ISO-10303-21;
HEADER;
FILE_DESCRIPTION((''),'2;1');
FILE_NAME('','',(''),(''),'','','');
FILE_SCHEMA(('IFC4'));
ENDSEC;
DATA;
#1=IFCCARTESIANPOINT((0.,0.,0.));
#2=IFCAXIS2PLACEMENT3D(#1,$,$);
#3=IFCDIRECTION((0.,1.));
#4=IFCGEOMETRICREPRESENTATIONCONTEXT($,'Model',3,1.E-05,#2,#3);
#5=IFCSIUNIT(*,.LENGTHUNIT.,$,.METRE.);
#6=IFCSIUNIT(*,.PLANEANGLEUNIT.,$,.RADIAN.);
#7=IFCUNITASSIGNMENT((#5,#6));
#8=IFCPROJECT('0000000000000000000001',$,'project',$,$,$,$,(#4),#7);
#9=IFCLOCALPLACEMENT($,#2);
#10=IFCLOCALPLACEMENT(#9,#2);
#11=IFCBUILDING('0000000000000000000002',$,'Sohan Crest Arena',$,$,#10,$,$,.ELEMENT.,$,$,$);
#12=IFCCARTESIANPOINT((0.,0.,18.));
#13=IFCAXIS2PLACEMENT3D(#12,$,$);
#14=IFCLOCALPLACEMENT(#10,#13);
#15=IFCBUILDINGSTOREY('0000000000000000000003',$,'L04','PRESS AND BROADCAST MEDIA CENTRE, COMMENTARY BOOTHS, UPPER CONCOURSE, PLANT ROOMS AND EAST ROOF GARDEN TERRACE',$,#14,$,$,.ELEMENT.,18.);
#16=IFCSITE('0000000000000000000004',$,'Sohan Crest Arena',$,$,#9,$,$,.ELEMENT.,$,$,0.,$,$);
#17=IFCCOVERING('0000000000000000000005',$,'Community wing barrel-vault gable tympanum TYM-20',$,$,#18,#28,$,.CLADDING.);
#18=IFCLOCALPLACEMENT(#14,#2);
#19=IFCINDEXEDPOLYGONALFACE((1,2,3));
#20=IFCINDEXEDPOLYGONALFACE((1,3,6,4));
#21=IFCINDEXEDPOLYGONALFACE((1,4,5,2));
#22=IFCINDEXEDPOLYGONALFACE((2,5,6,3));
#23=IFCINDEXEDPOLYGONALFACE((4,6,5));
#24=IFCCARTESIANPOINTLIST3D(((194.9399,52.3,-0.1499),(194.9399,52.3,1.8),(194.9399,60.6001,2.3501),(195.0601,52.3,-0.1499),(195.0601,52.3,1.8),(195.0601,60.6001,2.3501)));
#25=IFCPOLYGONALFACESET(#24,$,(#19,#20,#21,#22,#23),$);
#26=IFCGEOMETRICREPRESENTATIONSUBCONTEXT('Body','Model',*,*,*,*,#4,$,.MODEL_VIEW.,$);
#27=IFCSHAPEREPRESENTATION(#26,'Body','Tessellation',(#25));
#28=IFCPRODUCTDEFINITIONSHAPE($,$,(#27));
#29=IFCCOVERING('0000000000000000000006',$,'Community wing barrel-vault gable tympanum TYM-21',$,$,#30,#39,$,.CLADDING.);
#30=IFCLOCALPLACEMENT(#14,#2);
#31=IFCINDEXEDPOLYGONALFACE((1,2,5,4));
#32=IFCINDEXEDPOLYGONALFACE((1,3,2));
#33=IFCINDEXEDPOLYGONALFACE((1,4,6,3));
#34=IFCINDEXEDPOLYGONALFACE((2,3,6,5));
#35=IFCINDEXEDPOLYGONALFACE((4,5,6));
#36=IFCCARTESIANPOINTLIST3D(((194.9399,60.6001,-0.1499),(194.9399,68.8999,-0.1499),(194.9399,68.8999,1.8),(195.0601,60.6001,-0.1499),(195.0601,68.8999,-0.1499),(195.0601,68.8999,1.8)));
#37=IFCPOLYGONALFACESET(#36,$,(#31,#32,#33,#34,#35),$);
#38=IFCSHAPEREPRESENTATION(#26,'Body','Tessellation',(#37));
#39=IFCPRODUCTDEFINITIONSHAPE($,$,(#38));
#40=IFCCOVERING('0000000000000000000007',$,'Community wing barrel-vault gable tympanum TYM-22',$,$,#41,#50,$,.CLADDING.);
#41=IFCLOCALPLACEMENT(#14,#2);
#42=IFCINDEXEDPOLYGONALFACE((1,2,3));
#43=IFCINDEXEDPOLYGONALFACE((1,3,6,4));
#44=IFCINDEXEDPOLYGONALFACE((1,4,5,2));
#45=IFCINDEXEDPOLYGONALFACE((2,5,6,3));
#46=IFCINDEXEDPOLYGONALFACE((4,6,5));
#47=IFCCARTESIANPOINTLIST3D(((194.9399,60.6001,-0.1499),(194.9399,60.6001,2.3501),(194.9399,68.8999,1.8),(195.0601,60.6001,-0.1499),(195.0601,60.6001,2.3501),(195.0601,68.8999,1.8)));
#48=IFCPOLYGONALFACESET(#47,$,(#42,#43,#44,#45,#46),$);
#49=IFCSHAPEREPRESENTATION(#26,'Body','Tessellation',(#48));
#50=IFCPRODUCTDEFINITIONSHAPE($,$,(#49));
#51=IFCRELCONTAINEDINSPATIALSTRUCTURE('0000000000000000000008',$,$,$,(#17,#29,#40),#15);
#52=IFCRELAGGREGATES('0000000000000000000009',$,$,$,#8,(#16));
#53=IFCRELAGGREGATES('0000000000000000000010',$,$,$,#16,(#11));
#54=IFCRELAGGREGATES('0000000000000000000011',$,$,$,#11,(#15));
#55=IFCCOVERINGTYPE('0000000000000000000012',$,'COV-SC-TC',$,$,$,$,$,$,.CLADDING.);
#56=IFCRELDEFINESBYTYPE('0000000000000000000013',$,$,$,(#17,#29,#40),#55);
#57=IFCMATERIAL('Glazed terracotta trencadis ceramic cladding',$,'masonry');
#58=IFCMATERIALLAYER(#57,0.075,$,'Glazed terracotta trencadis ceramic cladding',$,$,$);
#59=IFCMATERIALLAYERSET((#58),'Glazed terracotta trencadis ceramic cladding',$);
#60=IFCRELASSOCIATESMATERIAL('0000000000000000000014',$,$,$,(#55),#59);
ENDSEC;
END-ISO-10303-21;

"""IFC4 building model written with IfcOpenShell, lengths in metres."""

from ifc_helpers import new_model, si_unit, direction, frame, origin, place, context, subcontext, project, spatial, polyline, outline, extrude, material, layer, layer_set, type_object, element, save


model = new_model("IFC4")

# Units and contexts
model_context = context("Model", 3, precision=1e-05, world=origin(), true_north=direction((0.0, 1.0)))
body_context = subcontext(model_context, "Body", "Model", "MODEL_VIEW")
ifc_project = project(units=[si_unit("LENGTHUNIT", "METRE"), si_unit("PLANEANGLEUNIT", "RADIAN")], contexts=[model_context])

# Site, building, storey
site_placement = place(None, origin())
site = spatial("IfcSite", under=ifc_project, at=site_placement, Name="Sohan Crest Arena", CompositionType="ELEMENT", RefElevation=0.0)
building_placement = place(site_placement, origin())
building = spatial("IfcBuilding", under=site, at=building_placement, Name="Sohan Crest Arena", CompositionType="ELEMENT")
storey_placement = place(building_placement, frame((0.0, 0.0, 18.0)))
storey = spatial("IfcBuildingStorey", under=building, at=storey_placement, Name="L04", Description="PRESS AND BROADCAST MEDIA CENTRE, COMMENTARY BOOTHS, UPPER CONCOURSE, PLANT ROOMS AND EAST ROOF GARDEN TERRACE", CompositionType="ELEMENT", Elevation=18.0)

# Coverings
ifc_material_1 = material(Name="Glazed terracotta trencadis ceramic cladding", Category="masonry")
ifc_layer_1 = layer(ifc_material_1, 0.075, Name="Glazed terracotta trencadis ceramic cladding")
ifc_layer_set_1 = layer_set([ifc_layer_1], Name="Glazed terracotta trencadis ceramic cladding")
covering_type_1 = type_object("IfcCoveringType", Name="COV-SC-TC", PredefinedType="CLADDING", material=ifc_layer_set_1)
covering_1_placement = place(storey_placement, frame((195.0601, 52.3, -0.1499), z_axis=(1.0, 0.0, 0.0), x_axis=(0.0, 0.957509, 0.288405)))
element("IfcCovering", 1, at=covering_1_placement, inside=storey, type_object=covering_type_1, Name="Community wing barrel-vault gable tympanum TYM-20", PredefinedType="CLADDING", context=body_context, shape_type="SweptSolid", body=[
    extrude(outline(polyline([(0.0, 0.0), (8.6684, 0.0), (0.5624, 1.8671), (0.0, 0.0)])), origin(), (0.0, 0.0, -1.0), 0.1201),
])
covering_2_placement = place(storey_placement, frame((195.0601, 60.6001, -0.1499), z_axis=(1.0, 0.0, 0.0), x_axis=(0.0, 1.0, 0.0)))
element("IfcCovering", 2, at=covering_2_placement, inside=storey, type_object=covering_type_1, Name="Community wing barrel-vault gable tympanum TYM-21", PredefinedType="CLADDING", context=body_context, shape_type="SweptSolid", body=[
    extrude(outline(polyline([(0.0, 0.0), (8.2998, 0.0), (8.2998, 1.95), (0.0, 0.0)])), origin(), (0.0, 0.0, -1.0), 0.1201),
])
covering_3_placement = place(storey_placement, frame((195.0601, 60.6001, -0.1499), z_axis=(1.0, 0.0, 0.0), x_axis=(0.0, 0.973494, 0.228712)))
element("IfcCovering", 3, at=covering_3_placement, inside=storey, type_object=covering_type_1, Name="Community wing barrel-vault gable tympanum TYM-22", PredefinedType="CLADDING", context=body_context, shape_type="SweptSolid", body=[
    extrude(outline(polyline([(0.0, 0.0), (8.5258, 0.0), (0.5718, 2.4337), (0.0, 0.0)])), origin(), (0.0, 0.0, -1.0), 0.1201),
])

save(model, "model.ifc")
